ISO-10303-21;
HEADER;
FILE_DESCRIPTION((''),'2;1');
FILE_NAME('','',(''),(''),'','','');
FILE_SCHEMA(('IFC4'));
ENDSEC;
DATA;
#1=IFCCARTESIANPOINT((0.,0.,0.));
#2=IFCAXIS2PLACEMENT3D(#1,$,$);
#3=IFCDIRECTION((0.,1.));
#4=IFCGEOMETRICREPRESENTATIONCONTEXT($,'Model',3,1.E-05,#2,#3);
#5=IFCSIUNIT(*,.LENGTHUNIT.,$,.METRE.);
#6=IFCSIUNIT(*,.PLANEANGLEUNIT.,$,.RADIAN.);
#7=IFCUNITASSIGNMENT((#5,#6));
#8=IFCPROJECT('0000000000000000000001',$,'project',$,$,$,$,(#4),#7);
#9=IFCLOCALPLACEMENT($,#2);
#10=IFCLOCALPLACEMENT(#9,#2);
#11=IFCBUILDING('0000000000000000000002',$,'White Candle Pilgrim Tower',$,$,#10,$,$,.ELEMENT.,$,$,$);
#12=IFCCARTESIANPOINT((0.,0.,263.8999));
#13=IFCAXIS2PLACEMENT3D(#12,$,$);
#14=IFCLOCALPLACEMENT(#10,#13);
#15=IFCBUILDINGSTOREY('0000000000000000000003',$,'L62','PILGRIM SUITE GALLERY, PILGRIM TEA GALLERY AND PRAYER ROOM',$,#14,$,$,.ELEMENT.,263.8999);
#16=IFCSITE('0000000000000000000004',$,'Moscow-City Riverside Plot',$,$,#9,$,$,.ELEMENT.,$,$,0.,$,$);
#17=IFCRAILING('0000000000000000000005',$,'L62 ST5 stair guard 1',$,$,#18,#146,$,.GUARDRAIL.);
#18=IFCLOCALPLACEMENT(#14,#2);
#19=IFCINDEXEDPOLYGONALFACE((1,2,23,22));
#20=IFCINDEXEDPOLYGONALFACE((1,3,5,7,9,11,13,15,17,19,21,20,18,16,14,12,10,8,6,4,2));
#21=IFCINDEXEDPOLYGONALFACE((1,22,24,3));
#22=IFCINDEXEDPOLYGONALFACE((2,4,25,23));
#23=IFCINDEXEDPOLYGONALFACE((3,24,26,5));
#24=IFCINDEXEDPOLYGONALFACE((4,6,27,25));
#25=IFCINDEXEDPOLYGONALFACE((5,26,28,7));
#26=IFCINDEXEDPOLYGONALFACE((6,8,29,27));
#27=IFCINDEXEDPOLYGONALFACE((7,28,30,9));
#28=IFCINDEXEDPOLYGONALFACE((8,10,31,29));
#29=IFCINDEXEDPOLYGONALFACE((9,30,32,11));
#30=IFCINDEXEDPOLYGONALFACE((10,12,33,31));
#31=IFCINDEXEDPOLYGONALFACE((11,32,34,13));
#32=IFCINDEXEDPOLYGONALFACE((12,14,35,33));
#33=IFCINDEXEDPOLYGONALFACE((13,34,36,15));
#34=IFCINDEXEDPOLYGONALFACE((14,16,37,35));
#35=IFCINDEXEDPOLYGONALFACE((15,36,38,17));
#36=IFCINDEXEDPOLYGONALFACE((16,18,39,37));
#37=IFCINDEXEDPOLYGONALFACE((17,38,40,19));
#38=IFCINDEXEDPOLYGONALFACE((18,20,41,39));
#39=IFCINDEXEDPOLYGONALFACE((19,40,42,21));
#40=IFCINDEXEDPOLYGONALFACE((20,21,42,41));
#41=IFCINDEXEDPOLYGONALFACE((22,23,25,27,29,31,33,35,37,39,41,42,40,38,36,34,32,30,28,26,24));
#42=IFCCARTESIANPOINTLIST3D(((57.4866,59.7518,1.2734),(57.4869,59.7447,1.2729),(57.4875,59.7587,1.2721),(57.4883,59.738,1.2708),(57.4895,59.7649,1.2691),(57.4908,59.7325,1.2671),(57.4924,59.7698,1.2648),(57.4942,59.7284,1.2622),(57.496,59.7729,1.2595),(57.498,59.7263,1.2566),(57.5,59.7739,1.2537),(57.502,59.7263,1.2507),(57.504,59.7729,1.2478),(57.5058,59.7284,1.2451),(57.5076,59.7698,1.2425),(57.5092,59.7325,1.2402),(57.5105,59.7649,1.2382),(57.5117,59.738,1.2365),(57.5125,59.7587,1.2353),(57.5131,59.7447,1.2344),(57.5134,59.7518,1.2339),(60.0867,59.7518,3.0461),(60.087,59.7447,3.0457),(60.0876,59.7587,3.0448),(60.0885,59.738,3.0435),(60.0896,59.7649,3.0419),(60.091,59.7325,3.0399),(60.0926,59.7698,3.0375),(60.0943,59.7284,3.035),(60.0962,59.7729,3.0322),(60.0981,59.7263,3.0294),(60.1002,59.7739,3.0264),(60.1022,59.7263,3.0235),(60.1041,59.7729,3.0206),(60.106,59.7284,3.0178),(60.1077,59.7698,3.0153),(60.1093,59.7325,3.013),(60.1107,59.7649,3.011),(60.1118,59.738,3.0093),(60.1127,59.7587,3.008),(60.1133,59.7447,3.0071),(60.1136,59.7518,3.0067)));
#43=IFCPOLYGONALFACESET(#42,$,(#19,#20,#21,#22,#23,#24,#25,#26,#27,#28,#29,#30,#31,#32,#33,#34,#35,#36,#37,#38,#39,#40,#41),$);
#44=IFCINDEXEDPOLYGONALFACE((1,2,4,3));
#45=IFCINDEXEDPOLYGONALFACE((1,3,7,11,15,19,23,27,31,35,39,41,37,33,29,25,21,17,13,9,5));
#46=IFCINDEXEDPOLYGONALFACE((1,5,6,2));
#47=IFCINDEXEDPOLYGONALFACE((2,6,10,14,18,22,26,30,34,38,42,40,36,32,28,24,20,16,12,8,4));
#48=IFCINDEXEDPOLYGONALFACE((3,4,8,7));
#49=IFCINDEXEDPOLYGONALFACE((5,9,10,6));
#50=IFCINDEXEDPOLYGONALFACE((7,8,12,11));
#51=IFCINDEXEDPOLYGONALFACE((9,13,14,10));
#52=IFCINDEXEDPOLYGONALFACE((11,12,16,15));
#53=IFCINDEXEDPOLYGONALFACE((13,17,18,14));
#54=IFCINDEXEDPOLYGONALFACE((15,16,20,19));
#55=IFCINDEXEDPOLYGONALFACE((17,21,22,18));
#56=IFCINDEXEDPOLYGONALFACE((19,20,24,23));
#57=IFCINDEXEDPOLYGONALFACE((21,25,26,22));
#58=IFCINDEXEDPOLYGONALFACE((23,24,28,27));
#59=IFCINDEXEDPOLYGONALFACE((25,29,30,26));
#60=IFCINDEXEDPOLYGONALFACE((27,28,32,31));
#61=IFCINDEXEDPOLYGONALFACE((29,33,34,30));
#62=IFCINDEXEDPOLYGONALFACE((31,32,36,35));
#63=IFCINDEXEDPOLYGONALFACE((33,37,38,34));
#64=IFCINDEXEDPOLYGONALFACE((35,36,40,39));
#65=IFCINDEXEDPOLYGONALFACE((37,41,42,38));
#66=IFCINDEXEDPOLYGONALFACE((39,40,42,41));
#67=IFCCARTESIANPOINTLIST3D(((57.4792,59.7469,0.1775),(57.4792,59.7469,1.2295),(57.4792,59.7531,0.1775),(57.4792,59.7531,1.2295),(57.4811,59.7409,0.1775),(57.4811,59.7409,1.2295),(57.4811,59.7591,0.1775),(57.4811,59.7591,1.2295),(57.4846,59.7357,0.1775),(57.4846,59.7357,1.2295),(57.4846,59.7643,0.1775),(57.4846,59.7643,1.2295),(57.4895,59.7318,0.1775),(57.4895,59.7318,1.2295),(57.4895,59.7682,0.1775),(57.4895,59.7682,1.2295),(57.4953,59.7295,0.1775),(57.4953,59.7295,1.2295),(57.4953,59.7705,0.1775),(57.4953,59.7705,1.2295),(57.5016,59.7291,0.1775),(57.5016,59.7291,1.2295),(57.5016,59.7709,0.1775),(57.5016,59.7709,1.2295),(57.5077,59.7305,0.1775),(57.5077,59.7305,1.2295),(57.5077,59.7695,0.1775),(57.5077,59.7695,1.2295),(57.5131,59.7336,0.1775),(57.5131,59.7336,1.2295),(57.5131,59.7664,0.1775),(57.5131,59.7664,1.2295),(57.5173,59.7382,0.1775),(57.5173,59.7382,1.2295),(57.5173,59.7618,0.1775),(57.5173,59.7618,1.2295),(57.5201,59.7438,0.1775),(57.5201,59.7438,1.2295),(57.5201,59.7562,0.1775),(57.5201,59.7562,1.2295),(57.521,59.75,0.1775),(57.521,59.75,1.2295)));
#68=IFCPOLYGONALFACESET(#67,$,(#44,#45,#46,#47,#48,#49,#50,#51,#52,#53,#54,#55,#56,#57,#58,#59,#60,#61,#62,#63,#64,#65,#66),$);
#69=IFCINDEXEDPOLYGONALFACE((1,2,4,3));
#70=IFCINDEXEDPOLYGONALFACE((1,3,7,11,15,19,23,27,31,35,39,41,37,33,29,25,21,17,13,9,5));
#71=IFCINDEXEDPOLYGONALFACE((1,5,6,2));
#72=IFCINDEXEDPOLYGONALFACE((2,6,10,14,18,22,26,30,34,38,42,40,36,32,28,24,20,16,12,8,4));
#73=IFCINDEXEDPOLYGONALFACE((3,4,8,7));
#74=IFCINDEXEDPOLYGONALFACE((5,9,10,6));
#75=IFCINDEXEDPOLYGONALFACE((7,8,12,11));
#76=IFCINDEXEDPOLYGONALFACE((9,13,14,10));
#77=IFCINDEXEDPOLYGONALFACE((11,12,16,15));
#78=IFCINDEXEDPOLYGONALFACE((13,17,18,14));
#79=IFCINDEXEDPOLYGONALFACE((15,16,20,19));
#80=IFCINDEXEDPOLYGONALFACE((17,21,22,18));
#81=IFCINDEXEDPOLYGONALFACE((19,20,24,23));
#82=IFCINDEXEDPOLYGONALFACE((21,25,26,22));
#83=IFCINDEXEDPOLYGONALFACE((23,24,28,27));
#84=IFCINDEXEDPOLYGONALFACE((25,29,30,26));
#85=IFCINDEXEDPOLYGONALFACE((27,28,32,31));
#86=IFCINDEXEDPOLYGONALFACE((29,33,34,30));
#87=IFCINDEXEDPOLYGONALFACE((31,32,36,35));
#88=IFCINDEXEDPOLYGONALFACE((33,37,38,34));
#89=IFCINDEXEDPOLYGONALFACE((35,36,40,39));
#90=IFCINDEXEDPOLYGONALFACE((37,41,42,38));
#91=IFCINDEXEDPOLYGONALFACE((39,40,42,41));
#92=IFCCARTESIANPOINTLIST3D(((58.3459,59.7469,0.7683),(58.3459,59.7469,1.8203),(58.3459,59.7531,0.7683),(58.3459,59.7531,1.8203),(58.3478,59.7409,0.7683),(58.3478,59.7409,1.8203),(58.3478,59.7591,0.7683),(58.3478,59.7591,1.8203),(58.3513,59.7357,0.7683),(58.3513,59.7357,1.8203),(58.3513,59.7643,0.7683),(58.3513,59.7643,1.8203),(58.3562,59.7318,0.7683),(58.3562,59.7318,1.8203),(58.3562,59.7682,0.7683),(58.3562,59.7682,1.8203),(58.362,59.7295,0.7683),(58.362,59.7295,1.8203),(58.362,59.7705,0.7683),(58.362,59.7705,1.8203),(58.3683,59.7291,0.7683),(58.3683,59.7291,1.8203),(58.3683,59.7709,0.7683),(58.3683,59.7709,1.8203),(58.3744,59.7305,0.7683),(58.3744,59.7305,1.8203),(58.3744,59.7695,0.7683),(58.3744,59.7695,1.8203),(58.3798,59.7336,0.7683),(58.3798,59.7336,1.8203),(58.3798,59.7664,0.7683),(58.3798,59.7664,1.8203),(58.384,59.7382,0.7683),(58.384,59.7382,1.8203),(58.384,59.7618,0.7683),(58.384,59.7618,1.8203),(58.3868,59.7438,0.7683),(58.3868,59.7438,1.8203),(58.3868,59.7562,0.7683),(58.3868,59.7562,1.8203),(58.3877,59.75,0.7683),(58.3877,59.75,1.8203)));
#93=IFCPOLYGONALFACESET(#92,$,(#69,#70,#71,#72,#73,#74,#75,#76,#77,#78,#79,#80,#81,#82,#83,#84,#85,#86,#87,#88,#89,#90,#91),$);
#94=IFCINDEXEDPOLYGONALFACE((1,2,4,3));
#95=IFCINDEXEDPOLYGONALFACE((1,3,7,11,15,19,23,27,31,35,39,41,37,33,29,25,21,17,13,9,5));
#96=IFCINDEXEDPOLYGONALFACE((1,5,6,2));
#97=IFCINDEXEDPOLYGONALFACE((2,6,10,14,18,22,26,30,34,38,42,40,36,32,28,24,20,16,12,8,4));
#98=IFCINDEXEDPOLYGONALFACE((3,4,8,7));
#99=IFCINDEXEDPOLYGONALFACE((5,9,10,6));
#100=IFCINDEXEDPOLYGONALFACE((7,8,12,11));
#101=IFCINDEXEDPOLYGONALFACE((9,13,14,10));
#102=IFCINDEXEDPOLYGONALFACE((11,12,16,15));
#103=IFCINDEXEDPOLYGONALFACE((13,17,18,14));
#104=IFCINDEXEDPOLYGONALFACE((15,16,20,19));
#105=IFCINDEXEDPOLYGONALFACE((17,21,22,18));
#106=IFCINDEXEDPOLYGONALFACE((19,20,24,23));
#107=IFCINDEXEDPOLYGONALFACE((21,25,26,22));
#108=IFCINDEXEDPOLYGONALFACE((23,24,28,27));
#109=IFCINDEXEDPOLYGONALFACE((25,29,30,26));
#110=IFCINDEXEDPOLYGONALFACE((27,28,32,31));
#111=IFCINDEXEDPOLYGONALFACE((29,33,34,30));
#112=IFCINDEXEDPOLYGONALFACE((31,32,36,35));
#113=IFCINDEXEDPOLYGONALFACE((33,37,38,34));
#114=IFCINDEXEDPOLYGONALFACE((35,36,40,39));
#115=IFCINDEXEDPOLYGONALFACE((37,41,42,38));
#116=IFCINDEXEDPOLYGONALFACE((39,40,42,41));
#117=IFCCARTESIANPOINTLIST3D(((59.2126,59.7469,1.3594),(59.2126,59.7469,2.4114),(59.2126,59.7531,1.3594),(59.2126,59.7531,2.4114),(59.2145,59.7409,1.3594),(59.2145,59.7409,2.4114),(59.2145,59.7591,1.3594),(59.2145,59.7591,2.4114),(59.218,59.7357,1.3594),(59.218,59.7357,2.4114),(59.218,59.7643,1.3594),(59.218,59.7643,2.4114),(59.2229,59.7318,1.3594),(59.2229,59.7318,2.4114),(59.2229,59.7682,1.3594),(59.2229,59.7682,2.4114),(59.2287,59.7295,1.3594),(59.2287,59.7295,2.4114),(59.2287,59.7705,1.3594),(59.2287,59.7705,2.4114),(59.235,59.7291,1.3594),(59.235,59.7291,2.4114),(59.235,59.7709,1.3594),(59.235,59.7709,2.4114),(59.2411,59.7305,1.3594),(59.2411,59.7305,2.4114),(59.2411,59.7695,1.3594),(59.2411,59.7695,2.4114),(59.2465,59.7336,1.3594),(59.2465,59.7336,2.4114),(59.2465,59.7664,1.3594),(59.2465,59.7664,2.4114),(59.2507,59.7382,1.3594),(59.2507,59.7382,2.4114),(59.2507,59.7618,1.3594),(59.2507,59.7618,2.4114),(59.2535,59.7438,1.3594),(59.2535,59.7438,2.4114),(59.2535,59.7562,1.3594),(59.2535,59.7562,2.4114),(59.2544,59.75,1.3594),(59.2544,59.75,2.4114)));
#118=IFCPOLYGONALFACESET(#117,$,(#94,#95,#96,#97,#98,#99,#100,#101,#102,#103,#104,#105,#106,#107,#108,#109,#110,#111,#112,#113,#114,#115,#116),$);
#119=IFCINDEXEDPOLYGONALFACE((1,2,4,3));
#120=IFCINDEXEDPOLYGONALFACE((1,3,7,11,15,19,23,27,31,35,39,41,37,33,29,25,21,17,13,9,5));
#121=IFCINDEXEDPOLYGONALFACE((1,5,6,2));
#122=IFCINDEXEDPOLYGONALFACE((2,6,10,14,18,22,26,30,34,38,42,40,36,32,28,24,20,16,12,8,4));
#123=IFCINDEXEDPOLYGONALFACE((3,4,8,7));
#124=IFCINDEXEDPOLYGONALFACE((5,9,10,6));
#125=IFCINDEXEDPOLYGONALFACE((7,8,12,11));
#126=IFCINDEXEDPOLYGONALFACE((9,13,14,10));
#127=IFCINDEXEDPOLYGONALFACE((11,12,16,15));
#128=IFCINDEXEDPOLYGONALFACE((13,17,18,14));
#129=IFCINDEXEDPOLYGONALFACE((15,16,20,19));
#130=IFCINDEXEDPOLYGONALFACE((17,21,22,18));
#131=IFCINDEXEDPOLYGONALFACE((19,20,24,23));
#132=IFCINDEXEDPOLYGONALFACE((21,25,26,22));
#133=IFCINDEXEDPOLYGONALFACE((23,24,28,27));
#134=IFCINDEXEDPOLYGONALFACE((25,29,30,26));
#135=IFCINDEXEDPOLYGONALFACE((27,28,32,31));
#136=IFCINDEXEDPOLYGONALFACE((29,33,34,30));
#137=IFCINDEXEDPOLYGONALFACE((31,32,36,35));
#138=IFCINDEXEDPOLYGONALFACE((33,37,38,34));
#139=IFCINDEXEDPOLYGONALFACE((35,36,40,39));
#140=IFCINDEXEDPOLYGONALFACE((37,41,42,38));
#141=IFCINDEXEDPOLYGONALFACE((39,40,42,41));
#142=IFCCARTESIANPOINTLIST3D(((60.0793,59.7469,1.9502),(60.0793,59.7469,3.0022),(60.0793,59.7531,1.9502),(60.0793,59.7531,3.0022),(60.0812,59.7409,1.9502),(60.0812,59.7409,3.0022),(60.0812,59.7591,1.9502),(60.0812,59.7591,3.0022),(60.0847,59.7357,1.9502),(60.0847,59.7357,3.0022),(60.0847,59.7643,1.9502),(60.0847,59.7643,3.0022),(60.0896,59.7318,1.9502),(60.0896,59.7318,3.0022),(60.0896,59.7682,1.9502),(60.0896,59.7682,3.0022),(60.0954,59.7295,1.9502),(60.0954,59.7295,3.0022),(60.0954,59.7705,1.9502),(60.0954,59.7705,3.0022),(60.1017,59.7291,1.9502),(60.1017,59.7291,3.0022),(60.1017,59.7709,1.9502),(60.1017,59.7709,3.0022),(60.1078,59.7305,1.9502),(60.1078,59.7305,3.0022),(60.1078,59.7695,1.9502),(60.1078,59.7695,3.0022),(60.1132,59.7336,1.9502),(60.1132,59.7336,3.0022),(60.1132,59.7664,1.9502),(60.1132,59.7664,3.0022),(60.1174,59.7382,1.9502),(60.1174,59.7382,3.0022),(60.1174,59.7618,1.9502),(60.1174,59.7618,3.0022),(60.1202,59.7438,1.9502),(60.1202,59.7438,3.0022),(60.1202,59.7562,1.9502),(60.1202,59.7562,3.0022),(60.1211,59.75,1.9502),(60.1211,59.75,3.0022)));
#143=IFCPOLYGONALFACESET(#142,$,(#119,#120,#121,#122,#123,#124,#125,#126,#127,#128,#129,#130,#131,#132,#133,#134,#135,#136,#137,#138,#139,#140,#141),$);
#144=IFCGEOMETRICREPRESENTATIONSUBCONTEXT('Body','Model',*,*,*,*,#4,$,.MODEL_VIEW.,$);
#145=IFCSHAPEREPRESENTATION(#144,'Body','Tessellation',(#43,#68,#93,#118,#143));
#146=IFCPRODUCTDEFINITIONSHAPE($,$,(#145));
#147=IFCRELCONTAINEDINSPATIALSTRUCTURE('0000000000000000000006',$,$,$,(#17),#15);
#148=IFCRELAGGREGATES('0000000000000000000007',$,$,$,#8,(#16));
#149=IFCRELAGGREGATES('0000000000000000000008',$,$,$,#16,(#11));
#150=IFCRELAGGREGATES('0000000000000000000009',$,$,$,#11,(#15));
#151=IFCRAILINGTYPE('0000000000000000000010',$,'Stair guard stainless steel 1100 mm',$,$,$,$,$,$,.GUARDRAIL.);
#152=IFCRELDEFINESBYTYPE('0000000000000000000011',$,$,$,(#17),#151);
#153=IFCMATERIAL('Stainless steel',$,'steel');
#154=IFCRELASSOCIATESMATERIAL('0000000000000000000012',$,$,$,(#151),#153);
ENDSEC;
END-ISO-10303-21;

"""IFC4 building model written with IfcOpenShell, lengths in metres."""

from ifc_helpers import new_model, si_unit, direction, frame, origin, origin_2d, place, context, subcontext, project, spatial, circle, extrude, material, type_object, element, save


model = new_model("IFC4")

# Units and contexts
model_context = context("Model", 3, precision=1e-05, world=origin(), true_north=direction((0.0, 1.0)))
body_context = subcontext(model_context, "Body", "Model", "MODEL_VIEW")
ifc_project = project(units=[si_unit("LENGTHUNIT", "METRE"), si_unit("PLANEANGLEUNIT", "RADIAN")], contexts=[model_context])

# Site, building, storey
site_placement = place(None, origin())
site = spatial("IfcSite", under=ifc_project, at=site_placement, Name="Moscow-City Riverside Plot", CompositionType="ELEMENT", RefElevation=0.0)
building_placement = place(site_placement, origin())
building = spatial("IfcBuilding", under=site, at=building_placement, Name="White Candle Pilgrim Tower", CompositionType="ELEMENT")
storey_placement = place(building_placement, frame((0.0, 0.0, 263.8999)))
storey = spatial("IfcBuildingStorey", under=building, at=storey_placement, Name="L62", Description="PILGRIM SUITE GALLERY, PILGRIM TEA GALLERY AND PRAYER ROOM", CompositionType="ELEMENT", Elevation=263.8999)

# Railing
ifc_material_1 = material(Name="Stainless steel", Category="steel")
railing_type_1 = type_object("IfcRailingType", Name="Stair guard stainless steel 1100 mm", PredefinedType="GUARDRAIL", material=ifc_material_1)
railing_1_placement = place(storey_placement, frame((57.5, 59.75, 0.1775)))
element("IfcRailing", 1, at=railing_1_placement, inside=storey, type_object=railing_type_1, Name="L62 ST5 stair guard 1", PredefinedType="GUARDRAIL", context=body_context, shape_type="SweptSolid", body=[
    extrude(circle(Radius=0.0239, at=origin_2d()), frame((0.0, 0.0, 1.0762), z_axis=(0.82624, 0.0, 0.563318), x_axis=(0.0, 1.0, 0.0)), (0.0, 0.0, 1.0), 3.147),
    extrude(circle(Radius=0.021, at=origin_2d()), origin(), (0.0, 0.0, 1.0), 1.052),
    extrude(circle(Radius=0.021, at=origin_2d()), frame((0.8667, 0.0, 0.5908)), (0.0, 0.0, 1.0), 1.052),
    extrude(circle(Radius=0.021, at=origin_2d()), frame((1.7334, 0.0, 1.1819)), (0.0, 0.0, 1.0), 1.052),
    extrude(circle(Radius=0.021, at=origin_2d()), frame((2.6001, 0.0, 1.7727)), (0.0, 0.0, 1.0), 1.052),
])

save(model, "model.ifc")
